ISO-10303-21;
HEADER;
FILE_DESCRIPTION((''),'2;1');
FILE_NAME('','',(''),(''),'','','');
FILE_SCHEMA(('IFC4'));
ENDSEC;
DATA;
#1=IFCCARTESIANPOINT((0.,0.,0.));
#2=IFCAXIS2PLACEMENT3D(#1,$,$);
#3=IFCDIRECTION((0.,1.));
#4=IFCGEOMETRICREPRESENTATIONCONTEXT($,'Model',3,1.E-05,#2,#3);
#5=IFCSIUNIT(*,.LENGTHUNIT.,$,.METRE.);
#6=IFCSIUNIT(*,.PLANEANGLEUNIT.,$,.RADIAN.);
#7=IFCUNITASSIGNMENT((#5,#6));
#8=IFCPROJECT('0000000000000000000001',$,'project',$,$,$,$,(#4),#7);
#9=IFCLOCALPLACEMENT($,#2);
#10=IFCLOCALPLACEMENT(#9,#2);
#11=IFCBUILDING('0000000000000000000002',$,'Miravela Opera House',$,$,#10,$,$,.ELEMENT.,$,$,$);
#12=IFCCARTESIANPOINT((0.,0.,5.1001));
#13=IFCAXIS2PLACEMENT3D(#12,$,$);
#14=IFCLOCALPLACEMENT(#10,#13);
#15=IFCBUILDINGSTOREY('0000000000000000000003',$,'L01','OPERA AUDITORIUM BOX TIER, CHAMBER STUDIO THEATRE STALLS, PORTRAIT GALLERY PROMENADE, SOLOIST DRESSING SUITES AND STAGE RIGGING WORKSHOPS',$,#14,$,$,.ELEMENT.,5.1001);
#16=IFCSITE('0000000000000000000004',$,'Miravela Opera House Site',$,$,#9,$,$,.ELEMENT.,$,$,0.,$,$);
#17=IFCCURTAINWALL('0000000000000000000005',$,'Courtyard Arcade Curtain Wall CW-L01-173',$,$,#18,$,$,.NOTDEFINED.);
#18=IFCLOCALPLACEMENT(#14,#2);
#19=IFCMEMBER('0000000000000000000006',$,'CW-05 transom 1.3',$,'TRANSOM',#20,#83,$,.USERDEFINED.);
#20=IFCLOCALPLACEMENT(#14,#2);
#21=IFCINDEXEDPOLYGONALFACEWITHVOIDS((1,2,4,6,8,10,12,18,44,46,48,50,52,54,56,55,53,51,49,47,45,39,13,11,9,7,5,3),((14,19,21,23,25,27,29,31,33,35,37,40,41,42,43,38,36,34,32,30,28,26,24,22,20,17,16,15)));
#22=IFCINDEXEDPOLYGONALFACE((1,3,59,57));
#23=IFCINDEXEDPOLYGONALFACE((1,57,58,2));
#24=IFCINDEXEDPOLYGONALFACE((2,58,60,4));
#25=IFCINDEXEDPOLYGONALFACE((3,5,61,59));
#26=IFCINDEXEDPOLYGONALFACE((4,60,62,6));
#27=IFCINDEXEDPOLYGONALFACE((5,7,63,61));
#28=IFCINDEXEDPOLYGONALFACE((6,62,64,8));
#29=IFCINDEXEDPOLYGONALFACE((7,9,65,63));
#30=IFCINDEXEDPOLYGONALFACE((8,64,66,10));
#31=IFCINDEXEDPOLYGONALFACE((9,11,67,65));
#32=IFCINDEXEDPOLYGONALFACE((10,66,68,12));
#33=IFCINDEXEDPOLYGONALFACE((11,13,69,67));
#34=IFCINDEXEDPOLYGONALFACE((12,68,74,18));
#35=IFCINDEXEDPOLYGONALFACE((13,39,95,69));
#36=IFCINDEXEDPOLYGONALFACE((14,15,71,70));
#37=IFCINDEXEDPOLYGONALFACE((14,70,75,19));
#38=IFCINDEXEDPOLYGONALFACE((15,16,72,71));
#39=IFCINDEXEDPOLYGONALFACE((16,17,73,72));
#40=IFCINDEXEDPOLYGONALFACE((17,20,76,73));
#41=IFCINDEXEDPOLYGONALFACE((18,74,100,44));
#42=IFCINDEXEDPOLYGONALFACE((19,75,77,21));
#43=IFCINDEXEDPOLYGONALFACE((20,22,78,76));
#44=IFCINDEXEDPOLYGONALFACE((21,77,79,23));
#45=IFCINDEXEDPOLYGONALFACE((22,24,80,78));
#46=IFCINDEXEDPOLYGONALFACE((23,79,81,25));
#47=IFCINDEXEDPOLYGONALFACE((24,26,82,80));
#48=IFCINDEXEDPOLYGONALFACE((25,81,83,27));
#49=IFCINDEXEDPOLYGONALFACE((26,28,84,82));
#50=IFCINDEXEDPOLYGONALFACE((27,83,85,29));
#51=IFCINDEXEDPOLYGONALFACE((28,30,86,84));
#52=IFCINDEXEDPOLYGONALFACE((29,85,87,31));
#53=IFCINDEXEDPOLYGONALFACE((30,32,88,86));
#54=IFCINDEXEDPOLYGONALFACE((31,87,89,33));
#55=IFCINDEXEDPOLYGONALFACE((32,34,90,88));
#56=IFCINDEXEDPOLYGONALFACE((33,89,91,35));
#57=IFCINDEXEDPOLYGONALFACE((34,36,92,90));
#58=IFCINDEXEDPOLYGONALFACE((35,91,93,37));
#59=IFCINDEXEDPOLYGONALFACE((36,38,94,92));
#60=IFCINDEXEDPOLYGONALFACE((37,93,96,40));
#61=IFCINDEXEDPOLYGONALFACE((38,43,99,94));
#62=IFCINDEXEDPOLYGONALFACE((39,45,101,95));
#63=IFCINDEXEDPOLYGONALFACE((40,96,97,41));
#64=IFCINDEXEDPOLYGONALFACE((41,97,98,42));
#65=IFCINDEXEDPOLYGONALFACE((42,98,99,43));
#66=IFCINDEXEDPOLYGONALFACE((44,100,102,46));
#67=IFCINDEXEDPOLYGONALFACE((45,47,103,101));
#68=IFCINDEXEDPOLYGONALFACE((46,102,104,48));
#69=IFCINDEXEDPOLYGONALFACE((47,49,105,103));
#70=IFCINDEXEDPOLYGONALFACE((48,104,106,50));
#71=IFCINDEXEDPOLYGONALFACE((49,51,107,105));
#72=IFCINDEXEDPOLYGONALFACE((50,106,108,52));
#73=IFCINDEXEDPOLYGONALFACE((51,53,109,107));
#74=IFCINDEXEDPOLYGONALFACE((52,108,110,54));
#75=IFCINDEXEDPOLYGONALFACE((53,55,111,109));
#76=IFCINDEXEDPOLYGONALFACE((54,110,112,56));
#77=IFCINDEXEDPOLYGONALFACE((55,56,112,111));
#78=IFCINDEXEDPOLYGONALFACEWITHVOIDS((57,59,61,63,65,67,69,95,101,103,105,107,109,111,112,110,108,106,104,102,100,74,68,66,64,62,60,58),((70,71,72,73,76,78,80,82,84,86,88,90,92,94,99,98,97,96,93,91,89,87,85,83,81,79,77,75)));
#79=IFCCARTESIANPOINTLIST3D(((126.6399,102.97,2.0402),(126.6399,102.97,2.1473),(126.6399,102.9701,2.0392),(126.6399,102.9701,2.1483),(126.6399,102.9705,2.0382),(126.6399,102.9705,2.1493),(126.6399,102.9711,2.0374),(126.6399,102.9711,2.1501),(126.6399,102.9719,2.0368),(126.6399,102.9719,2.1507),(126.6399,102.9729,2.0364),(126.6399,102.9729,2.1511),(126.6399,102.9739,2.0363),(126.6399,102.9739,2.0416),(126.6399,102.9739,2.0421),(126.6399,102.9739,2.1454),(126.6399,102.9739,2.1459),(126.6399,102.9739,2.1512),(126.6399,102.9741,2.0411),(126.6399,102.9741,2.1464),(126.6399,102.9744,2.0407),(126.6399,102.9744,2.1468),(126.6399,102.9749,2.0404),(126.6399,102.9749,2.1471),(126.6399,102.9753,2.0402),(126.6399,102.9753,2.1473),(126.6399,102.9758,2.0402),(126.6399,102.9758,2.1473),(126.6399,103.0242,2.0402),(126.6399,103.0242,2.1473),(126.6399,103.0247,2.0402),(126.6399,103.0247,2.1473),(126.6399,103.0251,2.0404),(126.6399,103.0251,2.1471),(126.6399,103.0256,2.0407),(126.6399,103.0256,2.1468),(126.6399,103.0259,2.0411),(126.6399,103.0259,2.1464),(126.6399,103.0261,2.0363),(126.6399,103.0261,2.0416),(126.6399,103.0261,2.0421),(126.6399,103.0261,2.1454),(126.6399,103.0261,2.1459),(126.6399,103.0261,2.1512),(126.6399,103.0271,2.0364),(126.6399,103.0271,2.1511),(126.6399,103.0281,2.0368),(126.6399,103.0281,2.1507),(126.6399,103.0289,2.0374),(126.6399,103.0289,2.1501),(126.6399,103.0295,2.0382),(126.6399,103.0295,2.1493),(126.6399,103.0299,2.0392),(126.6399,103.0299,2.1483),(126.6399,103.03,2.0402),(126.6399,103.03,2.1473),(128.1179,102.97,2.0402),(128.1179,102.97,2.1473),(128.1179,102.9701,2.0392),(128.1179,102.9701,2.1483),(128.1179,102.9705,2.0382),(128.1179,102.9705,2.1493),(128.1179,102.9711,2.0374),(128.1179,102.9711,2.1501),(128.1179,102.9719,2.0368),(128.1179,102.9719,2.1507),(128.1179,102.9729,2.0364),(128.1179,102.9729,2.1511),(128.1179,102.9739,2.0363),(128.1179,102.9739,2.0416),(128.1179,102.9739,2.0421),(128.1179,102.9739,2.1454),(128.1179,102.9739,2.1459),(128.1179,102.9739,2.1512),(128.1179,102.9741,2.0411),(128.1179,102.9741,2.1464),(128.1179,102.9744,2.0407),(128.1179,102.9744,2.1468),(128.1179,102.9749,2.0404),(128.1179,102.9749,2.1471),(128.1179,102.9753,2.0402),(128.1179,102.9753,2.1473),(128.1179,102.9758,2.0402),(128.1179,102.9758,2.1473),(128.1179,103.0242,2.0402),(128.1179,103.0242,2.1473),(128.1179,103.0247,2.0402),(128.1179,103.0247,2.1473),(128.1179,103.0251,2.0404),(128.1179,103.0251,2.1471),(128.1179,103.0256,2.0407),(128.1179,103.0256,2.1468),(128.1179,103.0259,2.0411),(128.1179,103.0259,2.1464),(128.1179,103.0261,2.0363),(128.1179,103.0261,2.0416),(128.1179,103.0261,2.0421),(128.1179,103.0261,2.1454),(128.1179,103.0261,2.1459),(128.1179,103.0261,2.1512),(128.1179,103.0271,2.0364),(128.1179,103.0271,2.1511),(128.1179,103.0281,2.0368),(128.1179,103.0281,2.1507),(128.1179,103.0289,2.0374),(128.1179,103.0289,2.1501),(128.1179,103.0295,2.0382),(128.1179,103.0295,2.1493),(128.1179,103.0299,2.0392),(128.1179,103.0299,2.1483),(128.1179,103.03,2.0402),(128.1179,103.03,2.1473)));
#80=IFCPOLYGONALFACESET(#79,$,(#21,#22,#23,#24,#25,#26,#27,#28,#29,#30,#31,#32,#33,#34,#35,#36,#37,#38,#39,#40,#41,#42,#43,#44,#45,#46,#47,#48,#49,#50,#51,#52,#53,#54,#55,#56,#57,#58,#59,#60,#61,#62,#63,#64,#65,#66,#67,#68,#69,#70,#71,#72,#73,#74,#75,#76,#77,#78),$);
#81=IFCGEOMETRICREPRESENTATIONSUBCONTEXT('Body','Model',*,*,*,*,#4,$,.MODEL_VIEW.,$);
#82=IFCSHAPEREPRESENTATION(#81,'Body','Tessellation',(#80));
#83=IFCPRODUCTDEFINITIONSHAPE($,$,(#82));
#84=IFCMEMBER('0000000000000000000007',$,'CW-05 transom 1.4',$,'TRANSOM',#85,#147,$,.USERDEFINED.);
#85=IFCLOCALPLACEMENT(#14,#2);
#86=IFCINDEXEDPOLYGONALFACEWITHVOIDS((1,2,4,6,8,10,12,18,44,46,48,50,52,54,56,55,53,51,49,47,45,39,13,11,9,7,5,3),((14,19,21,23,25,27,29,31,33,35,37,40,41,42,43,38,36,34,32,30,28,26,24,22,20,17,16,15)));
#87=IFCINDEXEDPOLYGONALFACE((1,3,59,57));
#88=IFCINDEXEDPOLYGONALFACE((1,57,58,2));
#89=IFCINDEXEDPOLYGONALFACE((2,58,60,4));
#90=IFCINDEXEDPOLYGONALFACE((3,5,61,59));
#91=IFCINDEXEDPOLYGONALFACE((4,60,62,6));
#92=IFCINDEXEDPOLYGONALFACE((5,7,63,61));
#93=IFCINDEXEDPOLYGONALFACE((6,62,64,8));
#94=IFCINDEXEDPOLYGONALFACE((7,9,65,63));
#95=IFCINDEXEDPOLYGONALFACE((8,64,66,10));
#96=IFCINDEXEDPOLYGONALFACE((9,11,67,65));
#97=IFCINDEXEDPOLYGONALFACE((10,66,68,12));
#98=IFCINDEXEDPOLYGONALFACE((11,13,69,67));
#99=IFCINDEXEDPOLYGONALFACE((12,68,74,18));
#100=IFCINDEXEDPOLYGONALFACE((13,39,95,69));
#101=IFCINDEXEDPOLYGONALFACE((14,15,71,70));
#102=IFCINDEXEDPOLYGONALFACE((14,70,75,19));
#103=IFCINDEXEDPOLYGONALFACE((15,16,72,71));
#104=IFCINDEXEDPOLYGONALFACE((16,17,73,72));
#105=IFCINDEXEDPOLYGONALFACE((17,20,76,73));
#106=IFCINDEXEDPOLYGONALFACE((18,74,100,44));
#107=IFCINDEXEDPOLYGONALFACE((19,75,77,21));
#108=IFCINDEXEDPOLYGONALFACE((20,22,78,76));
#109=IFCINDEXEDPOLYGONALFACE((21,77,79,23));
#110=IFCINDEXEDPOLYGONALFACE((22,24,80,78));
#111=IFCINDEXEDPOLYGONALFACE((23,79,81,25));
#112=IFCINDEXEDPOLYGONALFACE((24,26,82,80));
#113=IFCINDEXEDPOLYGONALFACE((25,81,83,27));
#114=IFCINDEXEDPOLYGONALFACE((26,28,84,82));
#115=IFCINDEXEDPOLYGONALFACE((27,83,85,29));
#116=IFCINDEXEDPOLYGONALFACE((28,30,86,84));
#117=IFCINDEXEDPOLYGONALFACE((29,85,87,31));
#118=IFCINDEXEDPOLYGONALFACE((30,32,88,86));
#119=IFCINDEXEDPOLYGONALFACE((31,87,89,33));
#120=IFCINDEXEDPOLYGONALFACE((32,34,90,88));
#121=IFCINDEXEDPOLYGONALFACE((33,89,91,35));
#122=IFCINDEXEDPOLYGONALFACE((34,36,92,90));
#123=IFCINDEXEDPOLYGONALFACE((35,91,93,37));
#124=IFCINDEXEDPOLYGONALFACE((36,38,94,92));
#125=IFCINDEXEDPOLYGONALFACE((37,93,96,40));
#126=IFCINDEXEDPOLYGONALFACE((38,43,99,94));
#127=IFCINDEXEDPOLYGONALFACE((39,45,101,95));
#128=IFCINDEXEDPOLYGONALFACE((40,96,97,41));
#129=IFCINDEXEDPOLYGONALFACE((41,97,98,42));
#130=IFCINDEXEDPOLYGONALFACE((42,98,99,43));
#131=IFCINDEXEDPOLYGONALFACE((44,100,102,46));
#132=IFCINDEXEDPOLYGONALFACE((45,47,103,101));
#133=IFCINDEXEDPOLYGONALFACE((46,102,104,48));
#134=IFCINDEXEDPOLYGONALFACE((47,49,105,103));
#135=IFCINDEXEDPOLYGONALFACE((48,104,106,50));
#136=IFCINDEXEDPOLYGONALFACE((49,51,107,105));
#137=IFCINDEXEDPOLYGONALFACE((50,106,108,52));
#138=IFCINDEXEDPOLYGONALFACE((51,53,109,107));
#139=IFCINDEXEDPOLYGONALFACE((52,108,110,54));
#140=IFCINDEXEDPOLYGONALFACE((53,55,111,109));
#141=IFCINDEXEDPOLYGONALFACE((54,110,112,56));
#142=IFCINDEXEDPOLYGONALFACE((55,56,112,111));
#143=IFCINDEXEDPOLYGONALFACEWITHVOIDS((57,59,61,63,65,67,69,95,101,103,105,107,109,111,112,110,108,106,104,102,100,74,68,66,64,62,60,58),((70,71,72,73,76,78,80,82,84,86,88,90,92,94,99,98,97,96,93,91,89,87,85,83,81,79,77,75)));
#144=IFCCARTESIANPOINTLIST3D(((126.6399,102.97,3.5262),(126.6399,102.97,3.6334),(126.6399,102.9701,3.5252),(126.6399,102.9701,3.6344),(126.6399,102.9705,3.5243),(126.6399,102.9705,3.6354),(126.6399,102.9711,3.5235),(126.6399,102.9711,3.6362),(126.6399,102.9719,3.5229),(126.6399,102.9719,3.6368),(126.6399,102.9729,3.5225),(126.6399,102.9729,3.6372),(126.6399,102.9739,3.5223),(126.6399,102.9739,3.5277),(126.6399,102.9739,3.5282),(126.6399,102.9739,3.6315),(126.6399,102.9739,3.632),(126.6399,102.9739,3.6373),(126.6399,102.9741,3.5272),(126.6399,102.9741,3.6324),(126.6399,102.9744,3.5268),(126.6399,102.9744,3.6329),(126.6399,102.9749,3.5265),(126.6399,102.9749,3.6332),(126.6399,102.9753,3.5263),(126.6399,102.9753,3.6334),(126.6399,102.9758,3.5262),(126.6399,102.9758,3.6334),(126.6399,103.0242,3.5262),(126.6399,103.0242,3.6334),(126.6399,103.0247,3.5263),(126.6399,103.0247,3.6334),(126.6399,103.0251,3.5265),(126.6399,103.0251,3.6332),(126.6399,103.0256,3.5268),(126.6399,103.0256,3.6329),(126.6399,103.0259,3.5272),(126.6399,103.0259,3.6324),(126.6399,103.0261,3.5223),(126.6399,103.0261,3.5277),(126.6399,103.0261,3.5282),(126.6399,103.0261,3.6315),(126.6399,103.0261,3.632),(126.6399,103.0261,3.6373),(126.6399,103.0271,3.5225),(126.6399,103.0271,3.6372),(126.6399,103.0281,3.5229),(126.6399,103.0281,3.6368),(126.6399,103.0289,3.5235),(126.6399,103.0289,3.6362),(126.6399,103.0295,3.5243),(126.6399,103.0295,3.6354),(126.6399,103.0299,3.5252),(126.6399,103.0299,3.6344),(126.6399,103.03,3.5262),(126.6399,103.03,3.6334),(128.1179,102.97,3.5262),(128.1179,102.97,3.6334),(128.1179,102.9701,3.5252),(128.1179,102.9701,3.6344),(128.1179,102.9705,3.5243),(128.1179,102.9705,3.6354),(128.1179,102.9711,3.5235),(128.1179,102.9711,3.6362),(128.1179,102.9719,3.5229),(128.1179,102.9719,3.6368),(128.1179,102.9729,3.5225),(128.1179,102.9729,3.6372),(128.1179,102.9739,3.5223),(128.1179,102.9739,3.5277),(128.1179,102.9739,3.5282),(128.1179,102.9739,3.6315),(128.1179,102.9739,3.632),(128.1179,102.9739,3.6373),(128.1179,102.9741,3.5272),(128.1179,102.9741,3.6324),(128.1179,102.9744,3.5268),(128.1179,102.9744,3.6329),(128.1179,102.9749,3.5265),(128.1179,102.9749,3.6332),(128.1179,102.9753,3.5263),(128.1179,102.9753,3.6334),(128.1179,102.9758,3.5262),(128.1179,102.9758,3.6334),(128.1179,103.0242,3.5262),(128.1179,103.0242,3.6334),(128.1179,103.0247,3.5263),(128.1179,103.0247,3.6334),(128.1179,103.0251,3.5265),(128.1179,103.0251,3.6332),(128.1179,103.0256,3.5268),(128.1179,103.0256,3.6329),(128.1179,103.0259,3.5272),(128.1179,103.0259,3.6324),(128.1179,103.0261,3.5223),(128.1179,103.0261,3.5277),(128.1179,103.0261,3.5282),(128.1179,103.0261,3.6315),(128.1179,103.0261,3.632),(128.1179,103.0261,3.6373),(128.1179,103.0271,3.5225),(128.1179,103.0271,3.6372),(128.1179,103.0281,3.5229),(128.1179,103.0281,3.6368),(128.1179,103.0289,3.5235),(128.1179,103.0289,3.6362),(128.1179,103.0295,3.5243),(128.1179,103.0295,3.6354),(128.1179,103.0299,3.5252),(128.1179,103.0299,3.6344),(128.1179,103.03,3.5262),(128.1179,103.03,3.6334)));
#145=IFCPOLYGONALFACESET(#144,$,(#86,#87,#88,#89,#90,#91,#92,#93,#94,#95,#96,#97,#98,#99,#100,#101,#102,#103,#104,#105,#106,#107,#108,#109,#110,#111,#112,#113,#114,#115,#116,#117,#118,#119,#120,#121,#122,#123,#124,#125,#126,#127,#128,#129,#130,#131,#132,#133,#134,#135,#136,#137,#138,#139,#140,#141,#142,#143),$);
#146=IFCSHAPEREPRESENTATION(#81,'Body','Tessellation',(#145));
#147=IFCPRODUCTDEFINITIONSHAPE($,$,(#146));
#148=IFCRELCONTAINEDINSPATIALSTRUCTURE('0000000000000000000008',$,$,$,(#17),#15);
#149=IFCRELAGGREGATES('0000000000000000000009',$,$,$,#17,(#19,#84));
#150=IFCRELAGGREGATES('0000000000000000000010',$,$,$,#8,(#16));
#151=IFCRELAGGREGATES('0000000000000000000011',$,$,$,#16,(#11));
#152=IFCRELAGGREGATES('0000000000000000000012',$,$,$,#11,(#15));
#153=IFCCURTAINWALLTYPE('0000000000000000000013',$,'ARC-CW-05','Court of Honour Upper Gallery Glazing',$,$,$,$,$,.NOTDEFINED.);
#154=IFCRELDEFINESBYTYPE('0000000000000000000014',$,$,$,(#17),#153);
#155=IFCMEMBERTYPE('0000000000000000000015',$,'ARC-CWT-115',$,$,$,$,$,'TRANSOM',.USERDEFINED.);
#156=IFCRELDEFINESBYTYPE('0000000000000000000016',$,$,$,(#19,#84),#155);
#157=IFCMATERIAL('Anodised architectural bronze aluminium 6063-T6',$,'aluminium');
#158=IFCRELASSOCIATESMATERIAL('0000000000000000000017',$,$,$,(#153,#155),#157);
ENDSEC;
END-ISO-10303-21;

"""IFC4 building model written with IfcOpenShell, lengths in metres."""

from ifc_helpers import new_model, si_unit, direction, frame, origin, origin_2d, place, context, subcontext, project, spatial, hollow_rectangle, extrude, material, material_profile, profile_set, type_object, element, aggregate, save


model = new_model("IFC4")

# Units and contexts
model_context = context("Model", 3, precision=1e-05, world=origin(), true_north=direction((0.0, 1.0)))
body_context = subcontext(model_context, "Body", "Model", "MODEL_VIEW")
ifc_project = project(units=[si_unit("LENGTHUNIT", "METRE"), si_unit("PLANEANGLEUNIT", "RADIAN")], contexts=[model_context])

# Site, building, storey
site_placement = place(None, origin())
site = spatial("IfcSite", under=ifc_project, at=site_placement, Name="Miravela Opera House Site", CompositionType="ELEMENT", RefElevation=0.0)
building_placement = place(site_placement, origin())
building = spatial("IfcBuilding", under=site, at=building_placement, Name="Miravela Opera House", CompositionType="ELEMENT")
storey_placement = place(building_placement, frame((0.0, 0.0, 5.1001)))
storey = spatial("IfcBuildingStorey", under=building, at=storey_placement, Name="L01", Description="OPERA AUDITORIUM BOX TIER, CHAMBER STUDIO THEATRE STALLS, PORTRAIT GALLERY PROMENADE, SOLOIST DRESSING SUITES AND STAGE RIGGING WORKSHOPS", CompositionType="ELEMENT", Elevation=5.1001)

# Shared definitions
ifc_material_1 = material(Name="Anodised architectural bronze aluminium 6063-T6", Category="aluminium")
curtain_wall_type = type_object("IfcCurtainWallType", Name="ARC-CW-05", Description="Court of Honour Upper Gallery Glazing", PredefinedType="NOTDEFINED", material=ifc_material_1)

# Curtain wall, members
curtain_wall_1_placement = place(storey_placement, origin())
curtain_wall_1 = element("IfcCurtainWall", 1, at=curtain_wall_1_placement, inside=storey, type_object=curtain_wall_type, Name="Courtyard Arcade Curtain Wall CW-L01-173", PredefinedType="NOTDEFINED")
ifc_material_profile_1 = material_profile(ifc_material_1, hollow_rectangle(XDim=0.0601, YDim=0.115, WallThickness=0.0039, InnerFilletRadius=0.002, OuterFilletRadius=0.0039, at=origin_2d()), Name="CWT-60X115")
ifc_profile_set_1 = profile_set([ifc_material_profile_1])
member_type_1 = type_object("IfcMemberType", Name="ARC-CWT-115", ElementType="TRANSOM", PredefinedType="USERDEFINED", material=ifc_profile_set_1)
member_1_placement = place(storey_placement, frame((126.6399, 103.0, 2.0938), z_axis=(1.0, 0.0, 0.0), x_axis=(0.0, 1.0, 0.0)))
member_1 = element("IfcMember", 2, at=member_1_placement, type_object=member_type_1, Name="CW-05 transom 1.3", ObjectType="TRANSOM", PredefinedType="USERDEFINED", context=body_context, shape_type="SweptSolid", body=[
    extrude(hollow_rectangle(XDim=0.0601, YDim=0.115, WallThickness=0.0039, InnerFilletRadius=0.002, OuterFilletRadius=0.0039, at=origin_2d()), origin(), (0.0, 0.0, 1.0), 1.478),
])
member_2_placement = place(storey_placement, frame((126.6399, 103.0, 3.5798), z_axis=(1.0, 0.0, 0.0), x_axis=(0.0, 1.0, 0.0)))
member_2 = element("IfcMember", 3, at=member_2_placement, type_object=member_type_1, Name="CW-05 transom 1.4", ObjectType="TRANSOM", PredefinedType="USERDEFINED", context=body_context, shape_type="SweptSolid", body=[
    extrude(hollow_rectangle(XDim=0.0601, YDim=0.115, WallThickness=0.0039, InnerFilletRadius=0.002, OuterFilletRadius=0.0039, at=origin_2d()), origin(), (0.0, 0.0, 1.0), 1.478),
])

aggregate(curtain_wall_1, [member_1, member_2])

save(model, "model.ifc")
